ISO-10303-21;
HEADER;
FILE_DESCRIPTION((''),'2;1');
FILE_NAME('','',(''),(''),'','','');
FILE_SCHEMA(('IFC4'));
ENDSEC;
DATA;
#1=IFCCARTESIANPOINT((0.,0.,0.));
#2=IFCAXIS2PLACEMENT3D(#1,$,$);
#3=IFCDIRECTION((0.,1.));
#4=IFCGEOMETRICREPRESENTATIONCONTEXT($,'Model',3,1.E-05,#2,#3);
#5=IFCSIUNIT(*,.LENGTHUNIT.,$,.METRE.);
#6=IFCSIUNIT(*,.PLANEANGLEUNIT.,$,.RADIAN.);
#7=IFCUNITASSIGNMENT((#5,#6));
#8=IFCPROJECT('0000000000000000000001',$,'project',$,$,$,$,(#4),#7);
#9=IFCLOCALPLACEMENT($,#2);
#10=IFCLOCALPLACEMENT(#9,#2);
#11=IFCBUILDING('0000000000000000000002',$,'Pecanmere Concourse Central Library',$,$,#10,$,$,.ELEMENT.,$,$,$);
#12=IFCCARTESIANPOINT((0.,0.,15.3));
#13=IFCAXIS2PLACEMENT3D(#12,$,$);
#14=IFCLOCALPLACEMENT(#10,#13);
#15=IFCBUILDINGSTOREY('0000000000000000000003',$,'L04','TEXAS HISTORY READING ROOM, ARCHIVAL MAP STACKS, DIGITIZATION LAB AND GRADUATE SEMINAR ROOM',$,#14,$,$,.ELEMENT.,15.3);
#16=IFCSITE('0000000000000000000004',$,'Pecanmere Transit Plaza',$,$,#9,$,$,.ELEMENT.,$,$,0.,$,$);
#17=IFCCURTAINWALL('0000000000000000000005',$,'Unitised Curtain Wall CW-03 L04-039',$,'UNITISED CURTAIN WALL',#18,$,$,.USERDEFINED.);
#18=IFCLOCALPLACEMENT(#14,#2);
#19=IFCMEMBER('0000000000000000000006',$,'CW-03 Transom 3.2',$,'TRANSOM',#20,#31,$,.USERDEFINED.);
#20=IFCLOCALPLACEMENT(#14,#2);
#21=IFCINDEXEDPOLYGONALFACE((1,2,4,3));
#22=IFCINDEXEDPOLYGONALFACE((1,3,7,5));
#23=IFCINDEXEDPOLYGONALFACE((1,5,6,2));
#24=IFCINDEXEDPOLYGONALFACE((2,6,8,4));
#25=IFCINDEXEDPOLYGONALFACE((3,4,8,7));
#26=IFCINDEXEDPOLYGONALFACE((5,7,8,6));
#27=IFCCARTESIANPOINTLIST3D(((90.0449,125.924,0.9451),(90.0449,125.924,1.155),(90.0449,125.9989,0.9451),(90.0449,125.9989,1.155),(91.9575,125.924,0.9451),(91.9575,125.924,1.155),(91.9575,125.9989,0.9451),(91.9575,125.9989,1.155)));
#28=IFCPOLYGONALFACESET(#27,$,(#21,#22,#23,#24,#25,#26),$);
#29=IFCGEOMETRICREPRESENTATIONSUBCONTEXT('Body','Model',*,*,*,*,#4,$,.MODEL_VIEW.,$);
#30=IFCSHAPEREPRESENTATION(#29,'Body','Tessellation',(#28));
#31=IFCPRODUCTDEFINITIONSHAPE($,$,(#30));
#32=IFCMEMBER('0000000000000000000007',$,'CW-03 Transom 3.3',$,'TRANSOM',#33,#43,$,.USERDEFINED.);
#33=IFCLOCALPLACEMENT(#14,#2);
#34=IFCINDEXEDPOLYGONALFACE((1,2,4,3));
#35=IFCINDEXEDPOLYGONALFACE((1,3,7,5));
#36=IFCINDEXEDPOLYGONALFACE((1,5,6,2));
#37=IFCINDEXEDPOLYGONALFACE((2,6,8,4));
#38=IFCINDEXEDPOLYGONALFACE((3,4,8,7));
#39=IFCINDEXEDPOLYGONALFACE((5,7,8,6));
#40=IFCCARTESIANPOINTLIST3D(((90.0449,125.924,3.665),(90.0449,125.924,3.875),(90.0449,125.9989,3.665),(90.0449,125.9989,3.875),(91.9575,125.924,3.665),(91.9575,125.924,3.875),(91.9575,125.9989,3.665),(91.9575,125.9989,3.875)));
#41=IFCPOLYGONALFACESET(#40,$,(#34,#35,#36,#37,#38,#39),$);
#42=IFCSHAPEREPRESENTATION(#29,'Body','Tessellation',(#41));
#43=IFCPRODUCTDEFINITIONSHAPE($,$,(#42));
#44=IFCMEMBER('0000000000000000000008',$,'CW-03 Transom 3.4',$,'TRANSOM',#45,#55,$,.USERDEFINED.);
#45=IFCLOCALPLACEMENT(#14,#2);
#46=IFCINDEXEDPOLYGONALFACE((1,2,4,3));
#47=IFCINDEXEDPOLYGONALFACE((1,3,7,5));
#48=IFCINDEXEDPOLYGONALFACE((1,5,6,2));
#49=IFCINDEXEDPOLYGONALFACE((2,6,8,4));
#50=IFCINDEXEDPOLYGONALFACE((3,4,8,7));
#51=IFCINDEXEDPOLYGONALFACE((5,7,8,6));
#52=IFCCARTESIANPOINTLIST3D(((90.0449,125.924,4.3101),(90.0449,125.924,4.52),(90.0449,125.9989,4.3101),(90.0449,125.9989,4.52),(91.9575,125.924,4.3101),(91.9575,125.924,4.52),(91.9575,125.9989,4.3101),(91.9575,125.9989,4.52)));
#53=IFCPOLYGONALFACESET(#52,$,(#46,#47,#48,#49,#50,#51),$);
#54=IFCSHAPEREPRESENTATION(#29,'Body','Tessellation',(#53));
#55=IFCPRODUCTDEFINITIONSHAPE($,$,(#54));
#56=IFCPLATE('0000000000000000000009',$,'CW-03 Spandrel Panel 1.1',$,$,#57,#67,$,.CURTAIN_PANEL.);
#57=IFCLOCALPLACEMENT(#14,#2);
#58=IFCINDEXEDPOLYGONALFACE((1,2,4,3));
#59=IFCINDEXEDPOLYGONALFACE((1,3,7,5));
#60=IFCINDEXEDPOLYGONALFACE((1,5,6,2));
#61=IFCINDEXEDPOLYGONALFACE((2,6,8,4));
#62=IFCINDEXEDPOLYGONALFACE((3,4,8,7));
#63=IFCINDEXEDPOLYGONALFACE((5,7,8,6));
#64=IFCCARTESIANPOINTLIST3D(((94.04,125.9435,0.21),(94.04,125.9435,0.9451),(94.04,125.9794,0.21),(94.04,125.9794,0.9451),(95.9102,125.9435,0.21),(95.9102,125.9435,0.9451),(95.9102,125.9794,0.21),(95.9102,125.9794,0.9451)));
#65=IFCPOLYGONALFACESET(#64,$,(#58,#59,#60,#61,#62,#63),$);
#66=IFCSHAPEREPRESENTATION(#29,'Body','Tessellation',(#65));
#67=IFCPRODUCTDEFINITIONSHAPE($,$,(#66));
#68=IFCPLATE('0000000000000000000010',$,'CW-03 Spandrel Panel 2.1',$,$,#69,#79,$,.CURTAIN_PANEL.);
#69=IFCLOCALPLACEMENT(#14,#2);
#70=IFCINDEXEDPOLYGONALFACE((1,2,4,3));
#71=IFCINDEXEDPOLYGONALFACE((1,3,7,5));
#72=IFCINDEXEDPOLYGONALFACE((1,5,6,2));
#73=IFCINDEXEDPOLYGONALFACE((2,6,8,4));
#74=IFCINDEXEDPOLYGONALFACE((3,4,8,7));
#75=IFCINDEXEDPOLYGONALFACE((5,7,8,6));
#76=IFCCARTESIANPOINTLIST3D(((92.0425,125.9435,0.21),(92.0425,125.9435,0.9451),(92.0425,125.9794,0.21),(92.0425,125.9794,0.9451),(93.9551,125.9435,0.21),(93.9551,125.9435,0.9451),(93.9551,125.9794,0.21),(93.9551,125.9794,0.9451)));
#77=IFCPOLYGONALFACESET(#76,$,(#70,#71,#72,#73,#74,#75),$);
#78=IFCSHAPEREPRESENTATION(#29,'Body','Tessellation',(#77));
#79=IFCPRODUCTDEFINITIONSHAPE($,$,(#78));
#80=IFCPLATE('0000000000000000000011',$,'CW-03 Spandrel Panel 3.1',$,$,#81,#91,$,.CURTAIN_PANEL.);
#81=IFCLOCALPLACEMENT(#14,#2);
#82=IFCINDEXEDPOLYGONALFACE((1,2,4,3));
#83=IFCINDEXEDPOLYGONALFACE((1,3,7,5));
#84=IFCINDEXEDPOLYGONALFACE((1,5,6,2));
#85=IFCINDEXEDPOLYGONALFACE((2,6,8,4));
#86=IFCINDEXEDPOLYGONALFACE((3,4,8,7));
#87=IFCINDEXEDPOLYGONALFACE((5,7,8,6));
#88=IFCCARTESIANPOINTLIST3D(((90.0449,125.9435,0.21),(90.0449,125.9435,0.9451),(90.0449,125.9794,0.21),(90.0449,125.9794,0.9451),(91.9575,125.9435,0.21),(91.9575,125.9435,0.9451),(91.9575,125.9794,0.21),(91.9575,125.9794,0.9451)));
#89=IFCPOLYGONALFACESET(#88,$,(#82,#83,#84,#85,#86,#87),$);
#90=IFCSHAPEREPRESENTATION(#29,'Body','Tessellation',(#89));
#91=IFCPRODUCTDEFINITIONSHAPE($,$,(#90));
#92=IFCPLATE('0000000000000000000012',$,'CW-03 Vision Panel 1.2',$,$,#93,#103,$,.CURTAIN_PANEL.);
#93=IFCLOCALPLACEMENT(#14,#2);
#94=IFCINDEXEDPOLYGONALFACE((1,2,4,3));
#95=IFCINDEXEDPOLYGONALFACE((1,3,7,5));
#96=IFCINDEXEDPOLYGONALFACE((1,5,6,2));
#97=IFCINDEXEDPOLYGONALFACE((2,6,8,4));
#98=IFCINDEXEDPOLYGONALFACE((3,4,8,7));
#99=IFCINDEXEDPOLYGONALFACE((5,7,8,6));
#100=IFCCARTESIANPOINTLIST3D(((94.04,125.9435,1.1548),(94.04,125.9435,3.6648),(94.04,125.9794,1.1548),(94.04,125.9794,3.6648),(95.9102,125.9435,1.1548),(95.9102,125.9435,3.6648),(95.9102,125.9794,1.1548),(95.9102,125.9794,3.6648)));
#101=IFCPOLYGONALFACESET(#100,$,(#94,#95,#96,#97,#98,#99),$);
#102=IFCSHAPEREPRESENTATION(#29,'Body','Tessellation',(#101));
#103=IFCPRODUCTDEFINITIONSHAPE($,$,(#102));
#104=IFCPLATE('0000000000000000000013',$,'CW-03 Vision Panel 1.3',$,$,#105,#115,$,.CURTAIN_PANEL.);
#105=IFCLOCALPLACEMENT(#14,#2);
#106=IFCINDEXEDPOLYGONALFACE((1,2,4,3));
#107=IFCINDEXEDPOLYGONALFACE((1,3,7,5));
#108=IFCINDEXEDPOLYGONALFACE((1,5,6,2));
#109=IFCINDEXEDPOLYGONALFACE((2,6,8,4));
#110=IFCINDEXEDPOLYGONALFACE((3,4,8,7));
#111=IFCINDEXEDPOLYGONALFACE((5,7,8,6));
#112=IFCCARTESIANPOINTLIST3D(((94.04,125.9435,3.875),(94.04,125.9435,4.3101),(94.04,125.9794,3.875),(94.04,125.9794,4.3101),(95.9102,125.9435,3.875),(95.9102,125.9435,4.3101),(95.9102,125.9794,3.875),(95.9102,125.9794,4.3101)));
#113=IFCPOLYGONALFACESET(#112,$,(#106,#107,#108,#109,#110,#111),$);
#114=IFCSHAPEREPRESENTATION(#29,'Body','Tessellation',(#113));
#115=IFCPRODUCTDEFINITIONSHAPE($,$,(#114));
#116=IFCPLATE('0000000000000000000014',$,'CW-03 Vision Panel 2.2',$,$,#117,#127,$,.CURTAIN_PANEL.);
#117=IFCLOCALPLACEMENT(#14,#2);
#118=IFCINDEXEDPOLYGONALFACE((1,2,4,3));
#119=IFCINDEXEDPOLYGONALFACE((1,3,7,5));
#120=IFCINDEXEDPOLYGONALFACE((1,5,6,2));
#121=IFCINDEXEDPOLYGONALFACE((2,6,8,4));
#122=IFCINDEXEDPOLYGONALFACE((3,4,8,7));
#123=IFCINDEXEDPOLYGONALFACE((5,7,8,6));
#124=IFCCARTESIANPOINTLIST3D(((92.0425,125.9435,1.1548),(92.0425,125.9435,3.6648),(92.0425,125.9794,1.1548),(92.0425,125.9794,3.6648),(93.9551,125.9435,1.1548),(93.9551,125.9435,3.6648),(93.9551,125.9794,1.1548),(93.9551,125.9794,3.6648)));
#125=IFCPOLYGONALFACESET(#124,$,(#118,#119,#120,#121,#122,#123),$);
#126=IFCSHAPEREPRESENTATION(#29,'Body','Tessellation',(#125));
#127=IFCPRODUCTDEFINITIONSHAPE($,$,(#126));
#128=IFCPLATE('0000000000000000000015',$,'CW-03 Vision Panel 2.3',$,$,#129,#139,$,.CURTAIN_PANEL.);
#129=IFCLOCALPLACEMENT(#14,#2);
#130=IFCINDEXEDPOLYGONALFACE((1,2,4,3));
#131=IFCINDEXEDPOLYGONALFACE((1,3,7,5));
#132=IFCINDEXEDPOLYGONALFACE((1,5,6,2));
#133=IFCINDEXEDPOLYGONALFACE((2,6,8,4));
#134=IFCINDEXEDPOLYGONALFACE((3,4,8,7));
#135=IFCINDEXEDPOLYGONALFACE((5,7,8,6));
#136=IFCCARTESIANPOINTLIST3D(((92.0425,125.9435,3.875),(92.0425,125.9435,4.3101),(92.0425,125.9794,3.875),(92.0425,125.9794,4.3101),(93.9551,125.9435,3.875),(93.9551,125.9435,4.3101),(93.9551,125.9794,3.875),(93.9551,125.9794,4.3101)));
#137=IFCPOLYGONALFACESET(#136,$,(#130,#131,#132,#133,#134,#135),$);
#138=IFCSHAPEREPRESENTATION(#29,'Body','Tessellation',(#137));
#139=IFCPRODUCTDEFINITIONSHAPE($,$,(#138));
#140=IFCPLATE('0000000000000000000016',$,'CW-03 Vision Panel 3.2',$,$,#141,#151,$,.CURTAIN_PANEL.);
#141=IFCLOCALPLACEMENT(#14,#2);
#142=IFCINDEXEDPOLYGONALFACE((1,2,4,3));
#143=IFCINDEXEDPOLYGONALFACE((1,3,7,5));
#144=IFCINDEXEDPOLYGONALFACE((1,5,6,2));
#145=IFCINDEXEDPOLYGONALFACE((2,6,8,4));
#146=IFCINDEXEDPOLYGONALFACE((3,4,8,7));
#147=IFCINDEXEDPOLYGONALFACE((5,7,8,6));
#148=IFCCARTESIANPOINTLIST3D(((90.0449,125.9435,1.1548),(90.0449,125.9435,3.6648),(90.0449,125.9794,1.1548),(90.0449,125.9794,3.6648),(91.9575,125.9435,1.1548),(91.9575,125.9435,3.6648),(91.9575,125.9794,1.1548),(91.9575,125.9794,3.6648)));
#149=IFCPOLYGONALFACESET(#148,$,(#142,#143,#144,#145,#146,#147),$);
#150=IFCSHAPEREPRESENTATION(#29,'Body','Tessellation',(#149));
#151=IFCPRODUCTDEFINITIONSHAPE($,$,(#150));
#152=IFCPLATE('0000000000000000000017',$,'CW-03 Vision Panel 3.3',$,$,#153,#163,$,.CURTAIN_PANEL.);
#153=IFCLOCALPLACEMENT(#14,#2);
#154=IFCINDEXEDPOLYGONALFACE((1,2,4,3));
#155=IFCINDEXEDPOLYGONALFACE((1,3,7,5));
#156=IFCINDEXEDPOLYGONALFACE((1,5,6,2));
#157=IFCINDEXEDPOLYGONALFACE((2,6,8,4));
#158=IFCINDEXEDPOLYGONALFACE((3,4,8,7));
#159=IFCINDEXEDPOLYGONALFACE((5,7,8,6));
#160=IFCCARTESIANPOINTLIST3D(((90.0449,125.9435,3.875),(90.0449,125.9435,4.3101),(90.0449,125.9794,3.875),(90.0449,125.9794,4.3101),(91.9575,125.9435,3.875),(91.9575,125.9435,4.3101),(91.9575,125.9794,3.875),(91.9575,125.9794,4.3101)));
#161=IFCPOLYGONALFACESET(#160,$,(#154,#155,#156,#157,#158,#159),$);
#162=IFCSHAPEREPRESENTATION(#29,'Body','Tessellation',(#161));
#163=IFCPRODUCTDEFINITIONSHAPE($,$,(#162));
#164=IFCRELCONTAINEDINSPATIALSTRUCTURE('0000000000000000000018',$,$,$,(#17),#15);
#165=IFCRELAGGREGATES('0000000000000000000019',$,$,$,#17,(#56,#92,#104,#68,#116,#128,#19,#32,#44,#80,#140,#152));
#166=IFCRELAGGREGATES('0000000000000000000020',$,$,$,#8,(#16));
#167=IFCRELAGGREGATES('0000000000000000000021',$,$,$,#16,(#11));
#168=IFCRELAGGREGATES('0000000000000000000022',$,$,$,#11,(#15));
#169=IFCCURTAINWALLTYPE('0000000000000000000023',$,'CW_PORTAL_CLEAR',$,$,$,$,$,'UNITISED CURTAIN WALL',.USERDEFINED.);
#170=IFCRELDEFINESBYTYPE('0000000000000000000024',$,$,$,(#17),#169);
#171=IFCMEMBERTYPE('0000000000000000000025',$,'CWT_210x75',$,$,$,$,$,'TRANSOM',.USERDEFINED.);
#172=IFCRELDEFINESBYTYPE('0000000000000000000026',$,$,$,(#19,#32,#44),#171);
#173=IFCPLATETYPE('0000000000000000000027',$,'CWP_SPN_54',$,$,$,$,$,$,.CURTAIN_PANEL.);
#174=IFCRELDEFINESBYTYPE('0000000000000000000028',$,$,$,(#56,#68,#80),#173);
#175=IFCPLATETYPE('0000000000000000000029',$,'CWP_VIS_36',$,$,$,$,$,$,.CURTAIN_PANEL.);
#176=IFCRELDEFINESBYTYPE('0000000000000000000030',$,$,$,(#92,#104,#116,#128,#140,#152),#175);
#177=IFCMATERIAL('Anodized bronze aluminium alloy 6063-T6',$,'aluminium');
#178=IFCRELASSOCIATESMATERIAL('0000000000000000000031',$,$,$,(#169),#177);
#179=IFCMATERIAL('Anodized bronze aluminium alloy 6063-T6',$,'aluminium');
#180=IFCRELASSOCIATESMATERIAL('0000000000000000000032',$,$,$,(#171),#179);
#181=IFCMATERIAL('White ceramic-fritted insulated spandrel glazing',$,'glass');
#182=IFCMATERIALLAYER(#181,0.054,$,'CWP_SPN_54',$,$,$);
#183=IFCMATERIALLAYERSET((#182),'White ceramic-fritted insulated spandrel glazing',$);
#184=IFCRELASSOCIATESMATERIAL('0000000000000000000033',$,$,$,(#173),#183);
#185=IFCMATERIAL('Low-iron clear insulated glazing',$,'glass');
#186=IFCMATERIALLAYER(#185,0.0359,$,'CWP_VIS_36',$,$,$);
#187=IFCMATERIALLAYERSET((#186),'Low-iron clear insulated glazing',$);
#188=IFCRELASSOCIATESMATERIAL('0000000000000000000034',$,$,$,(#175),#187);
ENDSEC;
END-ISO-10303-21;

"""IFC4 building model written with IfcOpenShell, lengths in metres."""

from ifc_helpers import new_model, si_unit, direction, frame, origin, origin_2d, place, context, subcontext, project, spatial, rectangle, extrude, material, layer, layer_set, material_profile, profile_set, type_object, element, aggregate, save


model = new_model("IFC4")

# Units and contexts
model_context = context("Model", 3, precision=1e-05, world=origin(), true_north=direction((0.0, 1.0)))
body_context = subcontext(model_context, "Body", "Model", "MODEL_VIEW")
ifc_project = project(units=[si_unit("LENGTHUNIT", "METRE"), si_unit("PLANEANGLEUNIT", "RADIAN")], contexts=[model_context])

# Site, building, storey
site_placement = place(None, origin())
site = spatial("IfcSite", under=ifc_project, at=site_placement, Name="Pecanmere Transit Plaza", CompositionType="ELEMENT", RefElevation=0.0)
building_placement = place(site_placement, origin())
building = spatial("IfcBuilding", under=site, at=building_placement, Name="Pecanmere Concourse Central Library", CompositionType="ELEMENT")
storey_placement = place(building_placement, frame((0.0, 0.0, 15.3)))
storey = spatial("IfcBuildingStorey", under=building, at=storey_placement, Name="L04", Description="TEXAS HISTORY READING ROOM, ARCHIVAL MAP STACKS, DIGITIZATION LAB AND GRADUATE SEMINAR ROOM", CompositionType="ELEMENT", Elevation=15.3)

# Curtain wall, members, plates
ifc_material_1 = material(Name="Anodized bronze aluminium alloy 6063-T6", Category="aluminium")
curtain_wall_type_1 = type_object("IfcCurtainWallType", Name="CW_PORTAL_CLEAR", ElementType="UNITISED CURTAIN WALL", PredefinedType="USERDEFINED", material=ifc_material_1)
curtain_wall_1_placement = place(storey_placement, origin())
curtain_wall_1 = element("IfcCurtainWall", 1, at=curtain_wall_1_placement, inside=storey, type_object=curtain_wall_type_1, Name="Unitised Curtain Wall CW-03 L04-039", ObjectType="UNITISED CURTAIN WALL", PredefinedType="USERDEFINED")
ifc_material_2 = material(Name="Anodized bronze aluminium alloy 6063-T6", Category="aluminium")
ifc_material_profile_1 = material_profile(ifc_material_2, rectangle(XDim=0.075, YDim=0.21, at=origin_2d()), Name="AL 75x210")
ifc_profile_set_1 = profile_set([ifc_material_profile_1], Name="Anodized bronze aluminium alloy 6063-T6")
member_type_1 = type_object("IfcMemberType", Name="CWT_210x75", ElementType="TRANSOM", PredefinedType="USERDEFINED", material=ifc_profile_set_1)
member_1_placement = place(storey_placement, frame((91.9575, 125.9614, 1.05), z_axis=(-1.0, 0.0, 0.0), x_axis=(0.0, -1.0, 0.0)))
member_1 = element("IfcMember", 2, at=member_1_placement, type_object=member_type_1, Name="CW-03 Transom 3.2", ObjectType="TRANSOM", PredefinedType="USERDEFINED", context=body_context, shape_type="SweptSolid", body=[
    extrude(rectangle(XDim=0.075, YDim=0.21, at=origin_2d()), origin(), (0.0, 0.0, 1.0), 1.9126),
])
member_2_placement = place(storey_placement, frame((91.9575, 125.9614, 3.77), z_axis=(-1.0, 0.0, 0.0), x_axis=(0.0, -1.0, 0.0)))
member_2 = element("IfcMember", 3, at=member_2_placement, type_object=member_type_1, Name="CW-03 Transom 3.3", ObjectType="TRANSOM", PredefinedType="USERDEFINED", context=body_context, shape_type="SweptSolid", body=[
    extrude(rectangle(XDim=0.075, YDim=0.21, at=origin_2d()), origin(), (0.0, 0.0, 1.0), 1.9126),
])
member_3_placement = place(storey_placement, frame((91.9575, 125.9614, 4.415), z_axis=(-1.0, 0.0, 0.0), x_axis=(0.0, -1.0, 0.0)))
member_3 = element("IfcMember", 4, at=member_3_placement, type_object=member_type_1, Name="CW-03 Transom 3.4", ObjectType="TRANSOM", PredefinedType="USERDEFINED", context=body_context, shape_type="SweptSolid", body=[
    extrude(rectangle(XDim=0.075, YDim=0.21, at=origin_2d()), origin(), (0.0, 0.0, 1.0), 1.9126),
])
ifc_material_3 = material(Name="White ceramic-fritted insulated spandrel glazing", Category="glass")
ifc_layer_1 = layer(ifc_material_3, 0.054, Name="CWP_SPN_54")
ifc_layer_set_1 = layer_set([ifc_layer_1], Name="White ceramic-fritted insulated spandrel glazing")
plate_type_1 = type_object("IfcPlateType", Name="CWP_SPN_54", PredefinedType="CURTAIN_PANEL", material=ifc_layer_set_1)
plate_1_placement = place(storey_placement, frame((94.9751, 125.9614, 0.21), z_axis=(0.0, 0.0, 1.0), x_axis=(-1.0, 0.0, 0.0)))
plate_1 = element("IfcPlate", 5, at=plate_1_placement, type_object=plate_type_1, Name="CW-03 Spandrel Panel 1.1", PredefinedType="CURTAIN_PANEL", context=body_context, shape_type="SweptSolid", body=[
    extrude(rectangle(XDim=1.8701, YDim=0.0359, at=origin_2d()), origin(), (0.0, 0.0, 1.0), 0.7351),
])
plate_2_placement = place(storey_placement, frame((92.9988, 125.9614, 0.21), z_axis=(0.0, 0.0, 1.0), x_axis=(-1.0, 0.0, 0.0)))
plate_2 = element("IfcPlate", 6, at=plate_2_placement, type_object=plate_type_1, Name="CW-03 Spandrel Panel 2.1", PredefinedType="CURTAIN_PANEL", context=body_context, shape_type="SweptSolid", body=[
    extrude(rectangle(XDim=1.9126, YDim=0.0359, at=origin_2d()), origin(), (0.0, 0.0, 1.0), 0.7351),
])
plate_3_placement = place(storey_placement, frame((91.0012, 125.9614, 0.21), z_axis=(0.0, 0.0, 1.0), x_axis=(-1.0, 0.0, 0.0)))
plate_3 = element("IfcPlate", 7, at=plate_3_placement, type_object=plate_type_1, Name="CW-03 Spandrel Panel 3.1", PredefinedType="CURTAIN_PANEL", context=body_context, shape_type="SweptSolid", body=[
    extrude(rectangle(XDim=1.9126, YDim=0.0359, at=origin_2d()), origin(), (0.0, 0.0, 1.0), 0.7351),
])
ifc_material_4 = material(Name="Low-iron clear insulated glazing", Category="glass")
ifc_layer_2 = layer(ifc_material_4, 0.0359, Name="CWP_VIS_36")
ifc_layer_set_2 = layer_set([ifc_layer_2], Name="Low-iron clear insulated glazing")
plate_type_2 = type_object("IfcPlateType", Name="CWP_VIS_36", PredefinedType="CURTAIN_PANEL", material=ifc_layer_set_2)
plate_4_placement = place(storey_placement, frame((94.9751, 125.9614, 1.1548), z_axis=(0.0, 0.0, 1.0), x_axis=(-1.0, 0.0, 0.0)))
plate_4 = element("IfcPlate", 8, at=plate_4_placement, type_object=plate_type_2, Name="CW-03 Vision Panel 1.2", PredefinedType="CURTAIN_PANEL", context=body_context, shape_type="SweptSolid", body=[
    extrude(rectangle(XDim=1.8701, YDim=0.0359, at=origin_2d()), origin(), (0.0, 0.0, 1.0), 2.51),
])
plate_5_placement = place(storey_placement, frame((94.9751, 125.9614, 3.875), z_axis=(0.0, 0.0, 1.0), x_axis=(-1.0, 0.0, 0.0)))
plate_5 = element("IfcPlate", 9, at=plate_5_placement, type_object=plate_type_2, Name="CW-03 Vision Panel 1.3", PredefinedType="CURTAIN_PANEL", context=body_context, shape_type="SweptSolid", body=[
    extrude(rectangle(XDim=1.8701, YDim=0.0359, at=origin_2d()), origin(), (0.0, 0.0, 1.0), 0.4351),
])
plate_6_placement = place(storey_placement, frame((92.9988, 125.9614, 1.1548), z_axis=(0.0, 0.0, 1.0), x_axis=(-1.0, 0.0, 0.0)))
plate_6 = element("IfcPlate", 10, at=plate_6_placement, type_object=plate_type_2, Name="CW-03 Vision Panel 2.2", PredefinedType="CURTAIN_PANEL", context=body_context, shape_type="SweptSolid", body=[
    extrude(rectangle(XDim=1.9126, YDim=0.0359, at=origin_2d()), origin(), (0.0, 0.0, 1.0), 2.51),
])
plate_7_placement = place(storey_placement, frame((92.9988, 125.9614, 3.875), z_axis=(0.0, 0.0, 1.0), x_axis=(-1.0, 0.0, 0.0)))
plate_7 = element("IfcPlate", 11, at=plate_7_placement, type_object=plate_type_2, Name="CW-03 Vision Panel 2.3", PredefinedType="CURTAIN_PANEL", context=body_context, shape_type="SweptSolid", body=[
    extrude(rectangle(XDim=1.9126, YDim=0.0359, at=origin_2d()), origin(), (0.0, 0.0, 1.0), 0.4351),
])
plate_8_placement = place(storey_placement, frame((91.0012, 125.9614, 1.1548), z_axis=(0.0, 0.0, 1.0), x_axis=(-1.0, 0.0, 0.0)))
plate_8 = element("IfcPlate", 12, at=plate_8_placement, type_object=plate_type_2, Name="CW-03 Vision Panel 3.2", PredefinedType="CURTAIN_PANEL", context=body_context, shape_type="SweptSolid", body=[
    extrude(rectangle(XDim=1.9126, YDim=0.0359, at=origin_2d()), origin(), (0.0, 0.0, 1.0), 2.51),
])
plate_9_placement = place(storey_placement, frame((91.0012, 125.9614, 3.875), z_axis=(0.0, 0.0, 1.0), x_axis=(-1.0, 0.0, 0.0)))
plate_9 = element("IfcPlate", 13, at=plate_9_placement, type_object=plate_type_2, Name="CW-03 Vision Panel 3.3", PredefinedType="CURTAIN_PANEL", context=body_context, shape_type="SweptSolid", body=[
    extrude(rectangle(XDim=1.9126, YDim=0.0359, at=origin_2d()), origin(), (0.0, 0.0, 1.0), 0.4351),
])
aggregate(curtain_wall_1, [plate_1, plate_4, plate_5, plate_2, plate_6, plate_7, member_1, member_2, member_3, plate_3, plate_8, plate_9])

save(model, "model.ifc")
